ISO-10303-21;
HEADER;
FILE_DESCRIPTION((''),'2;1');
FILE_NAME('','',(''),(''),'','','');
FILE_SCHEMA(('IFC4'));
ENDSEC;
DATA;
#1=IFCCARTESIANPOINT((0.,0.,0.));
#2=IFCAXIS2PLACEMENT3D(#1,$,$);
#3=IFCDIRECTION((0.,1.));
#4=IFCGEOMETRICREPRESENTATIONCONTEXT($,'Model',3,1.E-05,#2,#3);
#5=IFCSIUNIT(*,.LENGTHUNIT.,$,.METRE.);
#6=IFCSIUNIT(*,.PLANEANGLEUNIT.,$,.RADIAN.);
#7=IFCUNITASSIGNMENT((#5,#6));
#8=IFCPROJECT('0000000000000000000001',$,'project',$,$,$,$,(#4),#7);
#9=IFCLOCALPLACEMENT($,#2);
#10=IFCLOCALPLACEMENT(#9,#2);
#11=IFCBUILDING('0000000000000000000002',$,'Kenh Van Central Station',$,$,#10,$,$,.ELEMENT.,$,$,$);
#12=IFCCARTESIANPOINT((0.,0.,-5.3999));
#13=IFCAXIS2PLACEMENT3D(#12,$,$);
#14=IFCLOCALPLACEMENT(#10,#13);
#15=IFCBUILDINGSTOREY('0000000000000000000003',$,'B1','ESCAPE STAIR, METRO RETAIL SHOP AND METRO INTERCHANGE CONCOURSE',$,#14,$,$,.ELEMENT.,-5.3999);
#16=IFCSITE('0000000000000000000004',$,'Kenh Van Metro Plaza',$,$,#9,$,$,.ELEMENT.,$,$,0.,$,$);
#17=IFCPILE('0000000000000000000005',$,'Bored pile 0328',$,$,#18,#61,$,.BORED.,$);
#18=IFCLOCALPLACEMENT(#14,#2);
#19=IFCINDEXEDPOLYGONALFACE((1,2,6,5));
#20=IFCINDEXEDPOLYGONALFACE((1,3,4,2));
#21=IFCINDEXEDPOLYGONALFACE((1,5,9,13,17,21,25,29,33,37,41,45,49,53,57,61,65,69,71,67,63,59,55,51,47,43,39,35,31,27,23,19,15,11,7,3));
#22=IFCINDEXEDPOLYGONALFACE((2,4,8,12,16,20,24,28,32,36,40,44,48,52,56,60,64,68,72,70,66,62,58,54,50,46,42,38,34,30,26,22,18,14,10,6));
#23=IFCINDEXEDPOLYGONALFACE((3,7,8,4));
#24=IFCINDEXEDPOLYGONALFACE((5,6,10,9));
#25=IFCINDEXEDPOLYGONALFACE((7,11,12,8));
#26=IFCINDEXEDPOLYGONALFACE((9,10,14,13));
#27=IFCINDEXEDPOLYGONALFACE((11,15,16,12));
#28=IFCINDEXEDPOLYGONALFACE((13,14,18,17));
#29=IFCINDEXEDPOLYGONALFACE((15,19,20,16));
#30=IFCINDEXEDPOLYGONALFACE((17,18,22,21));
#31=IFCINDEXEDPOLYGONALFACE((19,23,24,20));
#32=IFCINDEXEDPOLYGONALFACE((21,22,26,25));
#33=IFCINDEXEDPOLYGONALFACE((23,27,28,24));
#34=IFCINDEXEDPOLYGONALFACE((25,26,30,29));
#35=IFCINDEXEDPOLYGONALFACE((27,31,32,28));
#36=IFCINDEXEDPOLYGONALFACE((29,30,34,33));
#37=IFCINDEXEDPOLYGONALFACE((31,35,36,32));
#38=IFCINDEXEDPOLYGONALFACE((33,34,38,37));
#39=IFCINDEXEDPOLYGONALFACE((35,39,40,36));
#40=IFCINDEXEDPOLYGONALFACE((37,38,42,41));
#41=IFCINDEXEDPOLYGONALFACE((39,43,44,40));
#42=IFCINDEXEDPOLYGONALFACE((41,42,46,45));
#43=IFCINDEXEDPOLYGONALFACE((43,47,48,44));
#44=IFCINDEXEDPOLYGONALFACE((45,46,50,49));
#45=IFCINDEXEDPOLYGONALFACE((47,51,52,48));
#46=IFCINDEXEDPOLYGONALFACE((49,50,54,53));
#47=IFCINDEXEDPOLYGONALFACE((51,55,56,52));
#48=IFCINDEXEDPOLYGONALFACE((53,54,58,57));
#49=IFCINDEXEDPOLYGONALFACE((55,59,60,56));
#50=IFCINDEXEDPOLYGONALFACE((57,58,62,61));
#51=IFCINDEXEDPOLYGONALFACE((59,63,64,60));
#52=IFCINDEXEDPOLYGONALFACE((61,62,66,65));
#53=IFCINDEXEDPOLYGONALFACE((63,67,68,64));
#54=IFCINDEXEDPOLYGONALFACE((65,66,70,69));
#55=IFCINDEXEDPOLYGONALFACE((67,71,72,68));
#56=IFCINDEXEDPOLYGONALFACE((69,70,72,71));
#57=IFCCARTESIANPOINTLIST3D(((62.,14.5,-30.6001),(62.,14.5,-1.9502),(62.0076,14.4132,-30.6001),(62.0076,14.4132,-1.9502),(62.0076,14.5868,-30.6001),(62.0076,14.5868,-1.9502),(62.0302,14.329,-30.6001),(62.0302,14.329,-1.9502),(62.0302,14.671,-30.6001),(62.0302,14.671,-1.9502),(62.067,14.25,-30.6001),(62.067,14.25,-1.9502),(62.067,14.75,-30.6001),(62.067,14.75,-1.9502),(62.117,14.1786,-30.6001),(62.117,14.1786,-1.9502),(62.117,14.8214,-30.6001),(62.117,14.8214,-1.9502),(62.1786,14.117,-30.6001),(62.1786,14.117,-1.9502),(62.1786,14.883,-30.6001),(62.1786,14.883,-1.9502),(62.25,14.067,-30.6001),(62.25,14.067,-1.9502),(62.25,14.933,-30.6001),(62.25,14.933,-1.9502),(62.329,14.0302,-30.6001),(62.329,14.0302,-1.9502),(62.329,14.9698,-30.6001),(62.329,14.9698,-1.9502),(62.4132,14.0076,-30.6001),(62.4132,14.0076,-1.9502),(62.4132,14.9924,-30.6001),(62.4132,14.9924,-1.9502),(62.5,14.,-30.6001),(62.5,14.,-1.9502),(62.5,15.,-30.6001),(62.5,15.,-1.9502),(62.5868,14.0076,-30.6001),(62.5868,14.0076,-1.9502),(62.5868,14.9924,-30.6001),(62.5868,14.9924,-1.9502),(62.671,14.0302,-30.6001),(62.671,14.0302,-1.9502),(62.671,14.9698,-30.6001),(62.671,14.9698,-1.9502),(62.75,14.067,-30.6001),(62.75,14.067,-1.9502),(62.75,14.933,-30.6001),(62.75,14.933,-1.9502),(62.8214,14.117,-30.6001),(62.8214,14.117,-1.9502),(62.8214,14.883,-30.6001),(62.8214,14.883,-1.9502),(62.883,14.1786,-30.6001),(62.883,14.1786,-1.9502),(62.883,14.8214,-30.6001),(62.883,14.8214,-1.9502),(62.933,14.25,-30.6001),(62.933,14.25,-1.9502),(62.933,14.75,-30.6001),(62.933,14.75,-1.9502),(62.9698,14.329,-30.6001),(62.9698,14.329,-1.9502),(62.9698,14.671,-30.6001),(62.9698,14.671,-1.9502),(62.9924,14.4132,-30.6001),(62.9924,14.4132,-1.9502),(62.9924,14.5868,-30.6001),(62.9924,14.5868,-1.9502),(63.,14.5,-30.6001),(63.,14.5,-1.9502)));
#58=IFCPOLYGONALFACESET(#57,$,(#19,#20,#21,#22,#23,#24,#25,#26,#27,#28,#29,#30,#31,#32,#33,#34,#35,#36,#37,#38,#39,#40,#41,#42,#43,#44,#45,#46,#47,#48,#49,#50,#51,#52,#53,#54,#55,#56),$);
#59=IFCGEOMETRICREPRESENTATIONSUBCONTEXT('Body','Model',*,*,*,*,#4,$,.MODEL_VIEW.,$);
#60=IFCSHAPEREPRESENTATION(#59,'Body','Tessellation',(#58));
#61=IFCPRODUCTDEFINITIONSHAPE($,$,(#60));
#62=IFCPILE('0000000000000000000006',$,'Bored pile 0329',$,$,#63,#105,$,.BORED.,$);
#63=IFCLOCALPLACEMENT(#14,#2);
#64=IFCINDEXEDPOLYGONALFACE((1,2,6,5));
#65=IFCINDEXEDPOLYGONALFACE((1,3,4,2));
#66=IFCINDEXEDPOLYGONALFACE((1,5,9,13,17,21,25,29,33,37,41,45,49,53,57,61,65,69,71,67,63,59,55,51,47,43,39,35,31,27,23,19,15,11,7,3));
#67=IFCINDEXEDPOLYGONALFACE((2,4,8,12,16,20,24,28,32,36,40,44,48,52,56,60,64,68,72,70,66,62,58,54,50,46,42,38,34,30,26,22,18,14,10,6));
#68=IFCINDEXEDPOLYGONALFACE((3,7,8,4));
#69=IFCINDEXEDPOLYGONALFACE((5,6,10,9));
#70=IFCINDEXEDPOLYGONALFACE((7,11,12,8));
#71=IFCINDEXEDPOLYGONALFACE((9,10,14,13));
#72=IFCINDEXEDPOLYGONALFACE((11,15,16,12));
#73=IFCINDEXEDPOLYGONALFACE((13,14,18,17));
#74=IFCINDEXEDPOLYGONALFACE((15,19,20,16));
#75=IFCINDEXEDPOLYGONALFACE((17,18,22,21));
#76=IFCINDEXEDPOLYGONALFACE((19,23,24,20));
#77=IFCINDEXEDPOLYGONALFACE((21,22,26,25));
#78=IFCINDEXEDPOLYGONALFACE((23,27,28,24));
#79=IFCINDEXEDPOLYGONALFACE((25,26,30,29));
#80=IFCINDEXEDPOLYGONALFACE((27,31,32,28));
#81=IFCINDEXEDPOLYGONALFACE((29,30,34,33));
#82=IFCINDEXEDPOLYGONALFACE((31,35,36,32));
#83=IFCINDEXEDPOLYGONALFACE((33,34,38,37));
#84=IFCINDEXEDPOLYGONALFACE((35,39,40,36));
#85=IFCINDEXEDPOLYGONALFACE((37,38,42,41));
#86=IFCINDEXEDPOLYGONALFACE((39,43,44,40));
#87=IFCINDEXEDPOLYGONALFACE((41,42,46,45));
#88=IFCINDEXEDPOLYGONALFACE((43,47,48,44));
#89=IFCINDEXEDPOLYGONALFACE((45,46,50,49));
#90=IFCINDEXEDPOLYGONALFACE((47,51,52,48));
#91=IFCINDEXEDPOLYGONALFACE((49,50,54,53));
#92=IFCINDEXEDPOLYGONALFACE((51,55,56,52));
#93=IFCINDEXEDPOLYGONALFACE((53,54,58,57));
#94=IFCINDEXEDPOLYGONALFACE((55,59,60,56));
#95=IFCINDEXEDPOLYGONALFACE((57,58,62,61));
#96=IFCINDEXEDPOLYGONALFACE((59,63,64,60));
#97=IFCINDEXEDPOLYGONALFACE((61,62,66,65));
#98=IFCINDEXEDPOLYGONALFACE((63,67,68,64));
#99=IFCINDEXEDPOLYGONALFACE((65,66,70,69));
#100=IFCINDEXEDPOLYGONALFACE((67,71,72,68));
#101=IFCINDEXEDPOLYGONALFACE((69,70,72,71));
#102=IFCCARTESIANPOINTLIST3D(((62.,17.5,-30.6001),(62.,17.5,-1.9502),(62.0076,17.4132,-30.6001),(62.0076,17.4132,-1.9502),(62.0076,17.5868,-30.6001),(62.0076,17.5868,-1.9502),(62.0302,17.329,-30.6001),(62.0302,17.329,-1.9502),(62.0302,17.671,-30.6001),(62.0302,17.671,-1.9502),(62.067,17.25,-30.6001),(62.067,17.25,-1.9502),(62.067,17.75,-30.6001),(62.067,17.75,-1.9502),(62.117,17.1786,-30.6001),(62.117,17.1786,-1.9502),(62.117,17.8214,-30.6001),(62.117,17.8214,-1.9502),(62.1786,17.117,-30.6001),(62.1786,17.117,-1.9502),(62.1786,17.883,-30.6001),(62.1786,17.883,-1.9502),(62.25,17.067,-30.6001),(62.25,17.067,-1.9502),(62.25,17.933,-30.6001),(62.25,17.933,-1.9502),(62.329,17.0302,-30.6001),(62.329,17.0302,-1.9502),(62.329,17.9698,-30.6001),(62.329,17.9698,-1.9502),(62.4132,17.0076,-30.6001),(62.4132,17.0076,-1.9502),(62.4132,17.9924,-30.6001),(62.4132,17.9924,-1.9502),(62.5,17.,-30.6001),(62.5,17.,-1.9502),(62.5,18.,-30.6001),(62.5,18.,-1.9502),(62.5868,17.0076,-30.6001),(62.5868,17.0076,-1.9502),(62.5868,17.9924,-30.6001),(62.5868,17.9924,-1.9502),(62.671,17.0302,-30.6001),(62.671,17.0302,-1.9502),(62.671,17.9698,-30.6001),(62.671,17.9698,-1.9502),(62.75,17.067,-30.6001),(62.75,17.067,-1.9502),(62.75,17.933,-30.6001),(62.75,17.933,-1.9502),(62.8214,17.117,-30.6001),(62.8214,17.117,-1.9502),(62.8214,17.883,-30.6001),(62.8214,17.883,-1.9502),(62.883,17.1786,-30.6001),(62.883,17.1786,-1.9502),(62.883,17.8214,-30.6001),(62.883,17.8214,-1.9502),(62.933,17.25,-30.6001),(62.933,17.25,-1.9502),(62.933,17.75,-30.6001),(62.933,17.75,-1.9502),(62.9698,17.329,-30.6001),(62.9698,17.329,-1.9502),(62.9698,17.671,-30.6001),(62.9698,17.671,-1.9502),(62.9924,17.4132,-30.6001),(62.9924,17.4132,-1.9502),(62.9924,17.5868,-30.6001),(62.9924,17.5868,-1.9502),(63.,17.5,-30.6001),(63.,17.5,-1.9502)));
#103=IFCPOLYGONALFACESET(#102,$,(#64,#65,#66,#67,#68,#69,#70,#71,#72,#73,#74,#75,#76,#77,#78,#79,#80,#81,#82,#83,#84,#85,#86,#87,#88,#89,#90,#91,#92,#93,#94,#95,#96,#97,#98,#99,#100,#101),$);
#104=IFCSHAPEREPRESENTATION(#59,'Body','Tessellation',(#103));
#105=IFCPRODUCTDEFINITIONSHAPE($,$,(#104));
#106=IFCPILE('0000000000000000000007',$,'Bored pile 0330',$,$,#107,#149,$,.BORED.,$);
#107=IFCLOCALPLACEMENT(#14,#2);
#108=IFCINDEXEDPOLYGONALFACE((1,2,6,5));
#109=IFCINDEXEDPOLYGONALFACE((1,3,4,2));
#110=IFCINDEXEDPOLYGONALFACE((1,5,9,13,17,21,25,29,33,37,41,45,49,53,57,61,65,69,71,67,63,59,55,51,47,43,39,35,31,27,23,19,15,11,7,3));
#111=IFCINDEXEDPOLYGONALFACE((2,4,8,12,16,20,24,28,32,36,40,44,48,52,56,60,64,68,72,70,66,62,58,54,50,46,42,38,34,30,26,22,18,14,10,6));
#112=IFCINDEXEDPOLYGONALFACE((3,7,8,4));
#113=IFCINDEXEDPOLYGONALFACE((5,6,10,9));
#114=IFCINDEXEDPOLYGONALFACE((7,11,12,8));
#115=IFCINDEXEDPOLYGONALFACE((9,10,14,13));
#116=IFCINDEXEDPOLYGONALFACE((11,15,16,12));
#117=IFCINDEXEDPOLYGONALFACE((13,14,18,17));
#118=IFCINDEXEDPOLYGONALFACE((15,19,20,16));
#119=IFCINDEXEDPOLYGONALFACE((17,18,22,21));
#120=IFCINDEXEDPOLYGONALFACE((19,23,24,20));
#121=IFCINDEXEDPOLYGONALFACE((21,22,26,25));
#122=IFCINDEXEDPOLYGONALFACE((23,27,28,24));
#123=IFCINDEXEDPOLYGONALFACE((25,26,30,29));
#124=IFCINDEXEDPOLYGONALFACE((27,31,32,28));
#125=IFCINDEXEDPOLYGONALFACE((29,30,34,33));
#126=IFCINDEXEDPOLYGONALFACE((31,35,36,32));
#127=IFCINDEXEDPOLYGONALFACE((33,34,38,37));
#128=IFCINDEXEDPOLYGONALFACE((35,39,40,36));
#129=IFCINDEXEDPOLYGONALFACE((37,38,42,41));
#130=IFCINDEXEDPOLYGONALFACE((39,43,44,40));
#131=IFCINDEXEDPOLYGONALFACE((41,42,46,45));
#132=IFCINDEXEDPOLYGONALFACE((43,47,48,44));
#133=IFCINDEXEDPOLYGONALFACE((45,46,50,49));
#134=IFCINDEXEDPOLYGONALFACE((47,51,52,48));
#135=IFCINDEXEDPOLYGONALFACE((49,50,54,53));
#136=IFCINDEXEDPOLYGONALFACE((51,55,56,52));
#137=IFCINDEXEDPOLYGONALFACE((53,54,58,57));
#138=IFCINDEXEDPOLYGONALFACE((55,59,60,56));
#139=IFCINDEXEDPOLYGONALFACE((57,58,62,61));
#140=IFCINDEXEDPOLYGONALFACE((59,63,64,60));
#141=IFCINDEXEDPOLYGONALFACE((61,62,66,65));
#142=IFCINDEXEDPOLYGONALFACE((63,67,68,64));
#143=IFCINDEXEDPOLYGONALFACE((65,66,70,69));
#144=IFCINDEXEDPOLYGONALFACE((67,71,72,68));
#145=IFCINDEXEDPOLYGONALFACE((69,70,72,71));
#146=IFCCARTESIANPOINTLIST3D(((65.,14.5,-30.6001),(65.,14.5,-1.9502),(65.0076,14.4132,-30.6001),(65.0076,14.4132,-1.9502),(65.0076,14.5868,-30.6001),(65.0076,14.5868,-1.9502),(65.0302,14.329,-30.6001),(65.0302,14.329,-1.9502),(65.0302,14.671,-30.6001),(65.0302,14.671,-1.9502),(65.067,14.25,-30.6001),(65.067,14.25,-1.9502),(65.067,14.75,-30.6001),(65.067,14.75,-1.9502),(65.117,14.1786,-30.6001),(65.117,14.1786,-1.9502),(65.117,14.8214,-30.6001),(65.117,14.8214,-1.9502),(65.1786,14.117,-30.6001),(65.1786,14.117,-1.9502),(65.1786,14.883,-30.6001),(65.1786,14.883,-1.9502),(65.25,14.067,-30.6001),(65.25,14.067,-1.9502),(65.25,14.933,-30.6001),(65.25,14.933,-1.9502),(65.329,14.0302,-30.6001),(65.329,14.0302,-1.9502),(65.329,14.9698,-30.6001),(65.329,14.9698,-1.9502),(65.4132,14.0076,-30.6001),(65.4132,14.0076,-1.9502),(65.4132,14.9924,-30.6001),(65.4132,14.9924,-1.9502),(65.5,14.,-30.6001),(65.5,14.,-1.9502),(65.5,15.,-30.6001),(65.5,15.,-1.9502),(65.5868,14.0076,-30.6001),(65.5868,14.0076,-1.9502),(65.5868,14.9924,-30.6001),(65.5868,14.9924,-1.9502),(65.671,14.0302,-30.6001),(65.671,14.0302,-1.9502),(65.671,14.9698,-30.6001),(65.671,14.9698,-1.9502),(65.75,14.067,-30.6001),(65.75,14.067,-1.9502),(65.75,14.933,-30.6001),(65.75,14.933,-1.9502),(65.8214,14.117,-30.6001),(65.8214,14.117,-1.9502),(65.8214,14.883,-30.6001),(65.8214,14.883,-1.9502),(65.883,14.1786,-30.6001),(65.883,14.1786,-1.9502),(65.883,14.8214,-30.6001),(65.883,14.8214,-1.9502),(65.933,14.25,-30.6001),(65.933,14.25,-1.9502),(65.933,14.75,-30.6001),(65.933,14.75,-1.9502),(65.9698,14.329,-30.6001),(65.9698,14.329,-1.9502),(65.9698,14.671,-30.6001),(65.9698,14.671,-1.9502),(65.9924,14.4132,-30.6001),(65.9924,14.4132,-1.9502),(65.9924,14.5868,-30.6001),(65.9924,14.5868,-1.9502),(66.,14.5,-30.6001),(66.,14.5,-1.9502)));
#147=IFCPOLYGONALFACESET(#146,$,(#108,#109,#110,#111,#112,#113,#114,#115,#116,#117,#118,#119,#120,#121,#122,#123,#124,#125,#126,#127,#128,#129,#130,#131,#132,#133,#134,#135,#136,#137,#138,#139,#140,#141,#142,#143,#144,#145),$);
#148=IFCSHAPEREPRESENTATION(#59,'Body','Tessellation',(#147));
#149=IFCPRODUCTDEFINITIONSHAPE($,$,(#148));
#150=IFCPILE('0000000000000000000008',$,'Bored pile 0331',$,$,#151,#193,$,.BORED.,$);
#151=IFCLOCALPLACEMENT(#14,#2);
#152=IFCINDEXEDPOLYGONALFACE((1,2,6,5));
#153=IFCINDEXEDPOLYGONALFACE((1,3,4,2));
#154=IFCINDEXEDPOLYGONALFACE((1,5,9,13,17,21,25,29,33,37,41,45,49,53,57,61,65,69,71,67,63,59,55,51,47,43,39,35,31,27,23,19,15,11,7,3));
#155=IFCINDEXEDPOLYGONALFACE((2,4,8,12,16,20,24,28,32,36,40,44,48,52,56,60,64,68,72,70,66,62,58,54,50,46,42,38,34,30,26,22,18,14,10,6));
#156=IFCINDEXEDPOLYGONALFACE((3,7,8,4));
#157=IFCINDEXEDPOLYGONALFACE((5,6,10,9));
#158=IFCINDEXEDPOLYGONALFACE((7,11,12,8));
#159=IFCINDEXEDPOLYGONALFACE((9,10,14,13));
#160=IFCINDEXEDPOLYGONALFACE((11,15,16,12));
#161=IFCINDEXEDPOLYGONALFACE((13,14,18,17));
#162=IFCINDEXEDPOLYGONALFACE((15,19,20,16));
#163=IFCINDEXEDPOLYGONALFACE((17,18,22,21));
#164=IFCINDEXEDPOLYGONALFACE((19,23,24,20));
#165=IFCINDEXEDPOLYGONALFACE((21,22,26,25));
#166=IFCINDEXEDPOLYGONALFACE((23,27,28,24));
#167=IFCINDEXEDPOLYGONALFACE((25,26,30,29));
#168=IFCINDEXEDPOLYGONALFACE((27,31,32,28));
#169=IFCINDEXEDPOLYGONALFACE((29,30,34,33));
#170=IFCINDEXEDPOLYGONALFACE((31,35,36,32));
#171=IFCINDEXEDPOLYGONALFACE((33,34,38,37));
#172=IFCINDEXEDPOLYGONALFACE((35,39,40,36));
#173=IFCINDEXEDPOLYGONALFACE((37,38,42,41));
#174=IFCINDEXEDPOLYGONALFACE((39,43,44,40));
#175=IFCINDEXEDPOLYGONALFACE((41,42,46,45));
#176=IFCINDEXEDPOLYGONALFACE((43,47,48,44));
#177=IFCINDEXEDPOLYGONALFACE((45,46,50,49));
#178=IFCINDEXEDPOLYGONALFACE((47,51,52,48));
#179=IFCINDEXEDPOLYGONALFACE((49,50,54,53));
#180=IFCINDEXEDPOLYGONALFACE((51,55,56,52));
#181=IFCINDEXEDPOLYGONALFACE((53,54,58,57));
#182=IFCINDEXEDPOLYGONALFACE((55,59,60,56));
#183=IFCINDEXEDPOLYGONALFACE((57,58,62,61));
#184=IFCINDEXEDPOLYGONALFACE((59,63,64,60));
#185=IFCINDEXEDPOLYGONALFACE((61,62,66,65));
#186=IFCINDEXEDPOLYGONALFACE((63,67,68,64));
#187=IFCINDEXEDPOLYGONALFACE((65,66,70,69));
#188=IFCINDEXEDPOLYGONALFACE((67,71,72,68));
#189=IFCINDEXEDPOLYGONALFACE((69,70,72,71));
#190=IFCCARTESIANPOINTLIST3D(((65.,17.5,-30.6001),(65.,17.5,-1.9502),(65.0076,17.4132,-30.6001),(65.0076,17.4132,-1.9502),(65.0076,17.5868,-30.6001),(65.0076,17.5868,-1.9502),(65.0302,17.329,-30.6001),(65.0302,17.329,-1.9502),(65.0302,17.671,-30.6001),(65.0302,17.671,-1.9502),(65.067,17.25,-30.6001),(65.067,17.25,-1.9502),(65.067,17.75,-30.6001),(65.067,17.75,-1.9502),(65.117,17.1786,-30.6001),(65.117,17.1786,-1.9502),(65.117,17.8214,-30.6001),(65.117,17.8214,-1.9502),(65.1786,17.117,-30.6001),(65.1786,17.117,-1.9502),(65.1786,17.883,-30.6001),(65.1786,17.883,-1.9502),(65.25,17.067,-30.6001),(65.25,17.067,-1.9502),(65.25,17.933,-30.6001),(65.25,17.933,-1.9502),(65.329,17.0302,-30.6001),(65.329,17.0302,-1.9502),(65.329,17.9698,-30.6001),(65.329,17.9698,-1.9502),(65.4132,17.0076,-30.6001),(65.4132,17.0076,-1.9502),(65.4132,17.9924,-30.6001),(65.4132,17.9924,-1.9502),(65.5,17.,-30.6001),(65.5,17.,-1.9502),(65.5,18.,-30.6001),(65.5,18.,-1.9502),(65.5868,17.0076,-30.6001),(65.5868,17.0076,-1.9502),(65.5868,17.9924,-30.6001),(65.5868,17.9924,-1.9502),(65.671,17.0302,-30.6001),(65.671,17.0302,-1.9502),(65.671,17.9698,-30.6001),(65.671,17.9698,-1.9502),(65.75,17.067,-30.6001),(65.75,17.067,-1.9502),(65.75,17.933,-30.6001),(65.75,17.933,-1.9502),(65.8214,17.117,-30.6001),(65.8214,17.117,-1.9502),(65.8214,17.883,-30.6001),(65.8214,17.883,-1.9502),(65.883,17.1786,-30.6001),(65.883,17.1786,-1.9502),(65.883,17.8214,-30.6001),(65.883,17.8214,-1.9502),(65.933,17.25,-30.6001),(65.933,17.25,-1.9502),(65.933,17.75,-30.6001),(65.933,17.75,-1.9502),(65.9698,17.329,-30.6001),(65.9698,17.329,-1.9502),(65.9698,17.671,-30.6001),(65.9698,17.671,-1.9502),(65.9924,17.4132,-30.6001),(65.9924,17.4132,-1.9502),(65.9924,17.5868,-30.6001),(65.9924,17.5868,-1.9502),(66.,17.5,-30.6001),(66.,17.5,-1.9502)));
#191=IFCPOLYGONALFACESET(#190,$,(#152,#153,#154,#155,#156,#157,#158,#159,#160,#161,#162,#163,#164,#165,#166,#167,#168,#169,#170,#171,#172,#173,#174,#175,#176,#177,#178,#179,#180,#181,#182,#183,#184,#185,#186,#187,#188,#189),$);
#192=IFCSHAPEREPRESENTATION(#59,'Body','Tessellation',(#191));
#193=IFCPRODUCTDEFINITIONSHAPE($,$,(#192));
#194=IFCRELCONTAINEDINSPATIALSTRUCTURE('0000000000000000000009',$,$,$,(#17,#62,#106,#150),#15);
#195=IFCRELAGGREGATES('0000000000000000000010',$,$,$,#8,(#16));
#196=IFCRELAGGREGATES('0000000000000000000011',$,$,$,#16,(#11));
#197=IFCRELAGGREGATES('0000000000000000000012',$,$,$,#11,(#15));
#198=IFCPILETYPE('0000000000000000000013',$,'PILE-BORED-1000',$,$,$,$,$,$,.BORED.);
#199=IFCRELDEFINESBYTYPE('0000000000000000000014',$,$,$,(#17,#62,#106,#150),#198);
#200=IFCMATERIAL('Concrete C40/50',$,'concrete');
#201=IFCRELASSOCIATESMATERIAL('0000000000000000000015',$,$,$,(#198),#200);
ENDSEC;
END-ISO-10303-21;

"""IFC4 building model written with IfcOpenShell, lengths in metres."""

from ifc_helpers import new_model, si_unit, direction, frame, origin, origin_2d, place, context, subcontext, project, spatial, circle, extrude, material, material_profile, profile_set, type_object, element, save


model = new_model("IFC4")

# Units and contexts
model_context = context("Model", 3, precision=1e-05, world=origin(), true_north=direction((0.0, 1.0)))
body_context = subcontext(model_context, "Body", "Model", "MODEL_VIEW")
ifc_project = project(units=[si_unit("LENGTHUNIT", "METRE"), si_unit("PLANEANGLEUNIT", "RADIAN")], contexts=[model_context])

# Site, building, storey
site_placement = place(None, origin())
site = spatial("IfcSite", under=ifc_project, at=site_placement, Name="Kenh Van Metro Plaza", CompositionType="ELEMENT", RefElevation=0.0)
building_placement = place(site_placement, origin())
building = spatial("IfcBuilding", under=site, at=building_placement, Name="Kenh Van Central Station", CompositionType="ELEMENT")
storey_placement = place(building_placement, frame((0.0, 0.0, -5.3999)))
storey = spatial("IfcBuildingStorey", under=building, at=storey_placement, Name="B1", Description="ESCAPE STAIR, METRO RETAIL SHOP AND METRO INTERCHANGE CONCOURSE", CompositionType="ELEMENT", Elevation=-5.3999)

# Shared definitions
ifc_material_1 = material(Name="Concrete C40/50", Category="concrete")

# Piles
ifc_material_profile_1 = material_profile(ifc_material_1, circle(Radius=0.5, at=origin_2d()), Name="PILE D1000")
ifc_profile_set_1 = profile_set([ifc_material_profile_1], Name="Concrete C40/50")
pile_type = type_object("IfcPileType", Name="PILE-BORED-1000", PredefinedType="BORED", material=ifc_profile_set_1)
for number, where, z_axis, x_axis, name in (
    (1, (62.5, 14.5, -1.9502), (0.0, 0.0, -1.0), (1.0, 0.0, 0.0), "Bored pile 0328"),
    (2, (62.5, 17.5, -1.9502), (0.0, 0.0, -1.0), (1.0, 0.0, 0.0), "Bored pile 0329"),
    (3, (65.5, 14.5, -1.9502), (0.0, 0.0, -1.0), (1.0, 0.0, 0.0), "Bored pile 0330"),
    (4, (65.5, 17.5, -1.9502), (0.0, 0.0, -1.0), (1.0, 0.0, 0.0), "Bored pile 0331"),
):
    element("IfcPile", number, at=place(storey_placement, frame(where, z_axis=z_axis, x_axis=x_axis)), inside=storey, type_object=pile_type, Name=name, PredefinedType="BORED", context=body_context, shape_type="SweptSolid", body=[
        extrude(circle(Radius=0.5, at=origin_2d()), origin(), (0.0, 0.0, 1.0), 28.6499),
    ])

save(model, "model.ifc")
